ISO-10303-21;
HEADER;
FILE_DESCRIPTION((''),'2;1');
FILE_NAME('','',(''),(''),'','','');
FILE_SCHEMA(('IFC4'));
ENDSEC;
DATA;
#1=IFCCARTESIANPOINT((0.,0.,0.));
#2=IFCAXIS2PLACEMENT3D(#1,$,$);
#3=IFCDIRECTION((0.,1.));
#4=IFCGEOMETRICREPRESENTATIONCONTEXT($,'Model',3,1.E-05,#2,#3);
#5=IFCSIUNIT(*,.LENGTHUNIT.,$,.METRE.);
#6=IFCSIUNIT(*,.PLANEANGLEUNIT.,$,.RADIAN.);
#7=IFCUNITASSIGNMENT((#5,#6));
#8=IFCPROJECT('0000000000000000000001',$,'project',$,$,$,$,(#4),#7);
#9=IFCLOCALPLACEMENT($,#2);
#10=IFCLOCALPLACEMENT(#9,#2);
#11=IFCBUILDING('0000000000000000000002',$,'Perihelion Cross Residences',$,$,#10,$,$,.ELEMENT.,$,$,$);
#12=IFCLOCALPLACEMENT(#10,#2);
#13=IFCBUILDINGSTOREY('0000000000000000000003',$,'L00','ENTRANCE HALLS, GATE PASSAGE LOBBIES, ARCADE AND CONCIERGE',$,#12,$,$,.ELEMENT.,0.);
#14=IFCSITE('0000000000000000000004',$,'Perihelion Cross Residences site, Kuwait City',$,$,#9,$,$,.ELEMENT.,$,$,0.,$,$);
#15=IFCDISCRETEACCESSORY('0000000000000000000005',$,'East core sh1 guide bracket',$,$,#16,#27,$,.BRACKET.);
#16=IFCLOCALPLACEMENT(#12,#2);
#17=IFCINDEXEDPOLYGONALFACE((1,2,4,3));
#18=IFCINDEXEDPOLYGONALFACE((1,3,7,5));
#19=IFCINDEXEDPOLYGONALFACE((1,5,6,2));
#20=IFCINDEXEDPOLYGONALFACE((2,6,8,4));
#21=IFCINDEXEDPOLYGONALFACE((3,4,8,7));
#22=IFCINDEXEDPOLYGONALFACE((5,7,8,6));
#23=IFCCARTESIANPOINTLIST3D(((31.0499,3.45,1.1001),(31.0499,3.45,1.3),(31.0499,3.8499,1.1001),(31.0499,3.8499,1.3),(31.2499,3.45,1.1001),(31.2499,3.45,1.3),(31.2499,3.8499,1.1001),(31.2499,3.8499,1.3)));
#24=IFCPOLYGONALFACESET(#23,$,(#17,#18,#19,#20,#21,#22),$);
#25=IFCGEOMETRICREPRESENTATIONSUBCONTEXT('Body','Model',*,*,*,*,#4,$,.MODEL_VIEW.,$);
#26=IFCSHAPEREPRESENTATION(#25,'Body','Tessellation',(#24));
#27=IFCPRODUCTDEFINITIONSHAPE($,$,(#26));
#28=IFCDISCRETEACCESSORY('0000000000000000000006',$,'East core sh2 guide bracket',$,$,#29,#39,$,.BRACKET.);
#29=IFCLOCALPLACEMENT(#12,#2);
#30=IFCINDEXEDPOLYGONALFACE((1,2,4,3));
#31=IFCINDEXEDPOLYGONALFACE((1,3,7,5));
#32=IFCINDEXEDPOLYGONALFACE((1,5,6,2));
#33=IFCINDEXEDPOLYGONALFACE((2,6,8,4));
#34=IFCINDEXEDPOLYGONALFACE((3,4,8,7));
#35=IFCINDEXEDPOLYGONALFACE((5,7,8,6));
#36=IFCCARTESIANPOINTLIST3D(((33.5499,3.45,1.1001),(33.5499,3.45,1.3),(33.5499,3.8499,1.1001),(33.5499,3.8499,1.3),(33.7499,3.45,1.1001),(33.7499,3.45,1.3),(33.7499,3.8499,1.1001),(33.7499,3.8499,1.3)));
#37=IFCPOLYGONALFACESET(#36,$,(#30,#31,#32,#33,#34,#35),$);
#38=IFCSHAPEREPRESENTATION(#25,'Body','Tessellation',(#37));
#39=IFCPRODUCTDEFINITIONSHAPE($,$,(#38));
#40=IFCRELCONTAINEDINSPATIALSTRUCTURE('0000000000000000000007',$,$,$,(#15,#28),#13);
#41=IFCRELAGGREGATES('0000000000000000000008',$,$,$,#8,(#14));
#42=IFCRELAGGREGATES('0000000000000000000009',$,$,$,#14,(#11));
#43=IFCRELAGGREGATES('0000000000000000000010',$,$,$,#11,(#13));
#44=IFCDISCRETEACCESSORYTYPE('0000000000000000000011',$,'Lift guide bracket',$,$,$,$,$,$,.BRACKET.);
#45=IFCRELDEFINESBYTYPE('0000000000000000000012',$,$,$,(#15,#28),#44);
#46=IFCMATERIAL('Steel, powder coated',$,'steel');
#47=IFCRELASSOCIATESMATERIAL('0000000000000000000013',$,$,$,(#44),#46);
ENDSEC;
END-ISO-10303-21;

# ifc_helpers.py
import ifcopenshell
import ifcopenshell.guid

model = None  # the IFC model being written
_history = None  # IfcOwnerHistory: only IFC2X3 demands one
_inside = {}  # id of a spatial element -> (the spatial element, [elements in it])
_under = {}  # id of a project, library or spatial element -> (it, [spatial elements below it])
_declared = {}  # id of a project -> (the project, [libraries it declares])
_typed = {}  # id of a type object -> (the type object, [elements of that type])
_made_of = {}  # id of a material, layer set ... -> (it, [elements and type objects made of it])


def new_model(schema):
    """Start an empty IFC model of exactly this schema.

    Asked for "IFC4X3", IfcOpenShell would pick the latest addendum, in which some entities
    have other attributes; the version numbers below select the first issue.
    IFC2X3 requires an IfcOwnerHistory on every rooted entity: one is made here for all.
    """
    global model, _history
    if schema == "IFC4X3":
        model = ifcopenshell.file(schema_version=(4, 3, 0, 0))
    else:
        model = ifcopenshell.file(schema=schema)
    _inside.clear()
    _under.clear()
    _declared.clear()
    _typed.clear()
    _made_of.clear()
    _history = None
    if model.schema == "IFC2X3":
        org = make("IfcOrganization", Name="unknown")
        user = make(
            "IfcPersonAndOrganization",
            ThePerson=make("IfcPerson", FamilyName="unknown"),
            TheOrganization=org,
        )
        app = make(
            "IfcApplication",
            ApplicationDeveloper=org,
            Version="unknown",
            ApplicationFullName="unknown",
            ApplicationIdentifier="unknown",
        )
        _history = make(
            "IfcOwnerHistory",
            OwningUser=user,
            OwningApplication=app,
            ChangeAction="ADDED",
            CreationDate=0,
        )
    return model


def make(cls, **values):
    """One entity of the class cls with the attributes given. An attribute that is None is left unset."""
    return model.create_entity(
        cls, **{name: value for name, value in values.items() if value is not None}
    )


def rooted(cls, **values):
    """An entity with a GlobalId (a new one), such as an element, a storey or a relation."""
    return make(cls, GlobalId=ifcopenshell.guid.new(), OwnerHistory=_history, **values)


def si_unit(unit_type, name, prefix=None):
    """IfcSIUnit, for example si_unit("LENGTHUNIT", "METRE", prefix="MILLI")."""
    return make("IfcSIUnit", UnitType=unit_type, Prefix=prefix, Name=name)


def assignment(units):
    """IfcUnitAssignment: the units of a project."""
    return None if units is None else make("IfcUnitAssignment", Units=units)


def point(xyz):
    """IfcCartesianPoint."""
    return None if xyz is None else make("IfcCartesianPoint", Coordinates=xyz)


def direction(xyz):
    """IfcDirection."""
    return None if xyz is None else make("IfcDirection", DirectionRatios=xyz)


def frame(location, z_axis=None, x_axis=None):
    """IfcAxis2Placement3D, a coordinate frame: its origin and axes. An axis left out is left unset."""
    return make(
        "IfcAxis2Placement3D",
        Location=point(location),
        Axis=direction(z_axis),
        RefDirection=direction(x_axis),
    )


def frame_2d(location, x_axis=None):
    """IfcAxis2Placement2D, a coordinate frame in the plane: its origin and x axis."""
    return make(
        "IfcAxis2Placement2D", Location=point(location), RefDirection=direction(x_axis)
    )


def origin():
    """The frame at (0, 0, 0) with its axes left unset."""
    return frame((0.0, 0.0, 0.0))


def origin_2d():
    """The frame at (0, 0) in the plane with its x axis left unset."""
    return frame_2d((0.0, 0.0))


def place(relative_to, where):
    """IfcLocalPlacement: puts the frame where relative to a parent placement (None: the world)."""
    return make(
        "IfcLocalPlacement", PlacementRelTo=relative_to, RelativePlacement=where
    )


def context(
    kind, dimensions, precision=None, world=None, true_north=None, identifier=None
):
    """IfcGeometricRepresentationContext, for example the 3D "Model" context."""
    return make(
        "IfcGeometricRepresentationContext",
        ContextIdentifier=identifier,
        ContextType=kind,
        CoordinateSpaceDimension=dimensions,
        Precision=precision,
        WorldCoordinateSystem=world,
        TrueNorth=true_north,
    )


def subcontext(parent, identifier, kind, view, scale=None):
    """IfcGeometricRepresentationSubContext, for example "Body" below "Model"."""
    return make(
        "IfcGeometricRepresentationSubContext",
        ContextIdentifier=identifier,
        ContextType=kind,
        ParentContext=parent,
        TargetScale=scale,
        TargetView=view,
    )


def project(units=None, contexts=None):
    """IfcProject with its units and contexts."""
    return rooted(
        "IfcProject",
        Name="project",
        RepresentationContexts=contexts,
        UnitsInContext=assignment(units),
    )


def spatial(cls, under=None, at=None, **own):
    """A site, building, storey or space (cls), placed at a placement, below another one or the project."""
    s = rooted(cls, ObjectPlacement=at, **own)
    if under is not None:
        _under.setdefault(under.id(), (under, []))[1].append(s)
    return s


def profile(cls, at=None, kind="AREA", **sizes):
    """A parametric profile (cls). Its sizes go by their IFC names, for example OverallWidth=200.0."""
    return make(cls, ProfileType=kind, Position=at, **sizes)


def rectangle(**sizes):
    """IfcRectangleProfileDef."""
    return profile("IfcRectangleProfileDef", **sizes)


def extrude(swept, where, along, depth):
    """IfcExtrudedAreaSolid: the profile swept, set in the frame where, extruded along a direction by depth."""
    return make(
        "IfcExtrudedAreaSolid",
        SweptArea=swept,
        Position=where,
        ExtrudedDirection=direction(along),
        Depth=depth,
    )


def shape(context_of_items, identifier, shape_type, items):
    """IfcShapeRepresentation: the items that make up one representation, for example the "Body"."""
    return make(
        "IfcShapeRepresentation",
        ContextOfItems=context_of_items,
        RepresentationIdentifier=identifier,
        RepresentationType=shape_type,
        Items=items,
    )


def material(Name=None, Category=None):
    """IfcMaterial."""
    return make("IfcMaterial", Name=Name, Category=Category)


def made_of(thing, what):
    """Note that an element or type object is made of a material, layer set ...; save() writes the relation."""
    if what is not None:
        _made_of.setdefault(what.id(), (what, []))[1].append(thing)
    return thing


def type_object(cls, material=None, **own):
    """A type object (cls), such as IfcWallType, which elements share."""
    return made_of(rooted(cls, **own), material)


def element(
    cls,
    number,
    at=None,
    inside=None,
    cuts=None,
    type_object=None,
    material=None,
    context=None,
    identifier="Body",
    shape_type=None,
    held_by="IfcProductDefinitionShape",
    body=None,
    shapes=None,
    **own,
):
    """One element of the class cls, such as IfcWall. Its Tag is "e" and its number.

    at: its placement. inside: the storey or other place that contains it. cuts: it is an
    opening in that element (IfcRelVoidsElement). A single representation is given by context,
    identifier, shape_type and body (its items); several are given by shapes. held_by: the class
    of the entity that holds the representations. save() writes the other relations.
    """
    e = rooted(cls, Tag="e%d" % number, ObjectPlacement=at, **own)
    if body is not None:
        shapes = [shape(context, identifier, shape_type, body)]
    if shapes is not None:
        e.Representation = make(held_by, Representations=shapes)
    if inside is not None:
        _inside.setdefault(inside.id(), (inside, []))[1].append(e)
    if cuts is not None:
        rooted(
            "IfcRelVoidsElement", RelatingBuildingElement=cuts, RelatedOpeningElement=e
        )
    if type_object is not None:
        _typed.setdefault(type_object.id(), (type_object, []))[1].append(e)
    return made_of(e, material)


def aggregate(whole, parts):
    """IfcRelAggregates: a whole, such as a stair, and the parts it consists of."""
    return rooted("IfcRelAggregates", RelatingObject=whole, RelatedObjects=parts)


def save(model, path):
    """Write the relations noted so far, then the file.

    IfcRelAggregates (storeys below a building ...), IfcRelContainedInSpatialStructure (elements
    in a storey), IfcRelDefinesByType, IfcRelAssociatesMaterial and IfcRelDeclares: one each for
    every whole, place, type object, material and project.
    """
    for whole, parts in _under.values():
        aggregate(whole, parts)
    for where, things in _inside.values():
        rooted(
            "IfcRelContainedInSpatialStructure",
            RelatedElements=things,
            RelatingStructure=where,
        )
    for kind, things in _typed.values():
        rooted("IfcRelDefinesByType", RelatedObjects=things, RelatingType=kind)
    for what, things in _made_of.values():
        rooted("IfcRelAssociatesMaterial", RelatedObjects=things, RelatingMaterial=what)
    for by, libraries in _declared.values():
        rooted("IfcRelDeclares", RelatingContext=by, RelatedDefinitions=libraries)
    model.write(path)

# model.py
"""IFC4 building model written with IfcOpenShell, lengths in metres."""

from ifc_helpers import new_model, si_unit, direction, frame, origin, origin_2d, place, context, subcontext, project, spatial, rectangle, extrude, material, type_object, element, save


model = new_model("IFC4")

# Units and contexts
model_context = context("Model", 3, precision=1e-05, world=origin(), true_north=direction((0.0, 1.0)))
body_context = subcontext(model_context, "Body", "Model", "MODEL_VIEW")
ifc_project = project(units=[si_unit("LENGTHUNIT", "METRE"), si_unit("PLANEANGLEUNIT", "RADIAN")], contexts=[model_context])

# Site, building, storey
site_placement = place(None, origin())
site = spatial("IfcSite", under=ifc_project, at=site_placement, Name="Perihelion Cross Residences site, Kuwait City", CompositionType="ELEMENT", RefElevation=0.0)
building_placement = place(site_placement, origin())
building = spatial("IfcBuilding", under=site, at=building_placement, Name="Perihelion Cross Residences", CompositionType="ELEMENT")
storey_placement = place(building_placement, origin())
storey = spatial("IfcBuildingStorey", under=building, at=storey_placement, Name="L00", Description="ENTRANCE HALLS, GATE PASSAGE LOBBIES, ARCADE AND CONCIERGE", CompositionType="ELEMENT", Elevation=0.0)

# Discrete accessories
ifc_material_1 = material(Name="Steel, powder coated", Category="steel")
discrete_accessory_type = type_object("IfcDiscreteAccessoryType", Name="Lift guide bracket", PredefinedType="BRACKET", material=ifc_material_1)
for number, where, z_axis, x_axis, name in (
    (1, (31.1499, 3.6499, 1.1001), (0.0, 0.0, 1.0), (1.0, 0.0, 0.0), "East core sh1 guide bracket"),
    (2, (33.6499, 3.6499, 1.1001), (0.0, 0.0, 1.0), (1.0, 0.0, 0.0), "East core sh2 guide bracket"),
):
    element("IfcDiscreteAccessory", number, at=place(storey_placement, frame(where, z_axis=z_axis, x_axis=x_axis)), inside=storey, type_object=discrete_accessory_type, Name=name, PredefinedType="BRACKET", context=body_context, shape_type="SweptSolid", body=[
        extrude(rectangle(XDim=0.2, YDim=0.3999, at=origin_2d()), origin(), (0.0, 0.0, 1.0), 0.2),
    ])

save(model, "model.ifc")
